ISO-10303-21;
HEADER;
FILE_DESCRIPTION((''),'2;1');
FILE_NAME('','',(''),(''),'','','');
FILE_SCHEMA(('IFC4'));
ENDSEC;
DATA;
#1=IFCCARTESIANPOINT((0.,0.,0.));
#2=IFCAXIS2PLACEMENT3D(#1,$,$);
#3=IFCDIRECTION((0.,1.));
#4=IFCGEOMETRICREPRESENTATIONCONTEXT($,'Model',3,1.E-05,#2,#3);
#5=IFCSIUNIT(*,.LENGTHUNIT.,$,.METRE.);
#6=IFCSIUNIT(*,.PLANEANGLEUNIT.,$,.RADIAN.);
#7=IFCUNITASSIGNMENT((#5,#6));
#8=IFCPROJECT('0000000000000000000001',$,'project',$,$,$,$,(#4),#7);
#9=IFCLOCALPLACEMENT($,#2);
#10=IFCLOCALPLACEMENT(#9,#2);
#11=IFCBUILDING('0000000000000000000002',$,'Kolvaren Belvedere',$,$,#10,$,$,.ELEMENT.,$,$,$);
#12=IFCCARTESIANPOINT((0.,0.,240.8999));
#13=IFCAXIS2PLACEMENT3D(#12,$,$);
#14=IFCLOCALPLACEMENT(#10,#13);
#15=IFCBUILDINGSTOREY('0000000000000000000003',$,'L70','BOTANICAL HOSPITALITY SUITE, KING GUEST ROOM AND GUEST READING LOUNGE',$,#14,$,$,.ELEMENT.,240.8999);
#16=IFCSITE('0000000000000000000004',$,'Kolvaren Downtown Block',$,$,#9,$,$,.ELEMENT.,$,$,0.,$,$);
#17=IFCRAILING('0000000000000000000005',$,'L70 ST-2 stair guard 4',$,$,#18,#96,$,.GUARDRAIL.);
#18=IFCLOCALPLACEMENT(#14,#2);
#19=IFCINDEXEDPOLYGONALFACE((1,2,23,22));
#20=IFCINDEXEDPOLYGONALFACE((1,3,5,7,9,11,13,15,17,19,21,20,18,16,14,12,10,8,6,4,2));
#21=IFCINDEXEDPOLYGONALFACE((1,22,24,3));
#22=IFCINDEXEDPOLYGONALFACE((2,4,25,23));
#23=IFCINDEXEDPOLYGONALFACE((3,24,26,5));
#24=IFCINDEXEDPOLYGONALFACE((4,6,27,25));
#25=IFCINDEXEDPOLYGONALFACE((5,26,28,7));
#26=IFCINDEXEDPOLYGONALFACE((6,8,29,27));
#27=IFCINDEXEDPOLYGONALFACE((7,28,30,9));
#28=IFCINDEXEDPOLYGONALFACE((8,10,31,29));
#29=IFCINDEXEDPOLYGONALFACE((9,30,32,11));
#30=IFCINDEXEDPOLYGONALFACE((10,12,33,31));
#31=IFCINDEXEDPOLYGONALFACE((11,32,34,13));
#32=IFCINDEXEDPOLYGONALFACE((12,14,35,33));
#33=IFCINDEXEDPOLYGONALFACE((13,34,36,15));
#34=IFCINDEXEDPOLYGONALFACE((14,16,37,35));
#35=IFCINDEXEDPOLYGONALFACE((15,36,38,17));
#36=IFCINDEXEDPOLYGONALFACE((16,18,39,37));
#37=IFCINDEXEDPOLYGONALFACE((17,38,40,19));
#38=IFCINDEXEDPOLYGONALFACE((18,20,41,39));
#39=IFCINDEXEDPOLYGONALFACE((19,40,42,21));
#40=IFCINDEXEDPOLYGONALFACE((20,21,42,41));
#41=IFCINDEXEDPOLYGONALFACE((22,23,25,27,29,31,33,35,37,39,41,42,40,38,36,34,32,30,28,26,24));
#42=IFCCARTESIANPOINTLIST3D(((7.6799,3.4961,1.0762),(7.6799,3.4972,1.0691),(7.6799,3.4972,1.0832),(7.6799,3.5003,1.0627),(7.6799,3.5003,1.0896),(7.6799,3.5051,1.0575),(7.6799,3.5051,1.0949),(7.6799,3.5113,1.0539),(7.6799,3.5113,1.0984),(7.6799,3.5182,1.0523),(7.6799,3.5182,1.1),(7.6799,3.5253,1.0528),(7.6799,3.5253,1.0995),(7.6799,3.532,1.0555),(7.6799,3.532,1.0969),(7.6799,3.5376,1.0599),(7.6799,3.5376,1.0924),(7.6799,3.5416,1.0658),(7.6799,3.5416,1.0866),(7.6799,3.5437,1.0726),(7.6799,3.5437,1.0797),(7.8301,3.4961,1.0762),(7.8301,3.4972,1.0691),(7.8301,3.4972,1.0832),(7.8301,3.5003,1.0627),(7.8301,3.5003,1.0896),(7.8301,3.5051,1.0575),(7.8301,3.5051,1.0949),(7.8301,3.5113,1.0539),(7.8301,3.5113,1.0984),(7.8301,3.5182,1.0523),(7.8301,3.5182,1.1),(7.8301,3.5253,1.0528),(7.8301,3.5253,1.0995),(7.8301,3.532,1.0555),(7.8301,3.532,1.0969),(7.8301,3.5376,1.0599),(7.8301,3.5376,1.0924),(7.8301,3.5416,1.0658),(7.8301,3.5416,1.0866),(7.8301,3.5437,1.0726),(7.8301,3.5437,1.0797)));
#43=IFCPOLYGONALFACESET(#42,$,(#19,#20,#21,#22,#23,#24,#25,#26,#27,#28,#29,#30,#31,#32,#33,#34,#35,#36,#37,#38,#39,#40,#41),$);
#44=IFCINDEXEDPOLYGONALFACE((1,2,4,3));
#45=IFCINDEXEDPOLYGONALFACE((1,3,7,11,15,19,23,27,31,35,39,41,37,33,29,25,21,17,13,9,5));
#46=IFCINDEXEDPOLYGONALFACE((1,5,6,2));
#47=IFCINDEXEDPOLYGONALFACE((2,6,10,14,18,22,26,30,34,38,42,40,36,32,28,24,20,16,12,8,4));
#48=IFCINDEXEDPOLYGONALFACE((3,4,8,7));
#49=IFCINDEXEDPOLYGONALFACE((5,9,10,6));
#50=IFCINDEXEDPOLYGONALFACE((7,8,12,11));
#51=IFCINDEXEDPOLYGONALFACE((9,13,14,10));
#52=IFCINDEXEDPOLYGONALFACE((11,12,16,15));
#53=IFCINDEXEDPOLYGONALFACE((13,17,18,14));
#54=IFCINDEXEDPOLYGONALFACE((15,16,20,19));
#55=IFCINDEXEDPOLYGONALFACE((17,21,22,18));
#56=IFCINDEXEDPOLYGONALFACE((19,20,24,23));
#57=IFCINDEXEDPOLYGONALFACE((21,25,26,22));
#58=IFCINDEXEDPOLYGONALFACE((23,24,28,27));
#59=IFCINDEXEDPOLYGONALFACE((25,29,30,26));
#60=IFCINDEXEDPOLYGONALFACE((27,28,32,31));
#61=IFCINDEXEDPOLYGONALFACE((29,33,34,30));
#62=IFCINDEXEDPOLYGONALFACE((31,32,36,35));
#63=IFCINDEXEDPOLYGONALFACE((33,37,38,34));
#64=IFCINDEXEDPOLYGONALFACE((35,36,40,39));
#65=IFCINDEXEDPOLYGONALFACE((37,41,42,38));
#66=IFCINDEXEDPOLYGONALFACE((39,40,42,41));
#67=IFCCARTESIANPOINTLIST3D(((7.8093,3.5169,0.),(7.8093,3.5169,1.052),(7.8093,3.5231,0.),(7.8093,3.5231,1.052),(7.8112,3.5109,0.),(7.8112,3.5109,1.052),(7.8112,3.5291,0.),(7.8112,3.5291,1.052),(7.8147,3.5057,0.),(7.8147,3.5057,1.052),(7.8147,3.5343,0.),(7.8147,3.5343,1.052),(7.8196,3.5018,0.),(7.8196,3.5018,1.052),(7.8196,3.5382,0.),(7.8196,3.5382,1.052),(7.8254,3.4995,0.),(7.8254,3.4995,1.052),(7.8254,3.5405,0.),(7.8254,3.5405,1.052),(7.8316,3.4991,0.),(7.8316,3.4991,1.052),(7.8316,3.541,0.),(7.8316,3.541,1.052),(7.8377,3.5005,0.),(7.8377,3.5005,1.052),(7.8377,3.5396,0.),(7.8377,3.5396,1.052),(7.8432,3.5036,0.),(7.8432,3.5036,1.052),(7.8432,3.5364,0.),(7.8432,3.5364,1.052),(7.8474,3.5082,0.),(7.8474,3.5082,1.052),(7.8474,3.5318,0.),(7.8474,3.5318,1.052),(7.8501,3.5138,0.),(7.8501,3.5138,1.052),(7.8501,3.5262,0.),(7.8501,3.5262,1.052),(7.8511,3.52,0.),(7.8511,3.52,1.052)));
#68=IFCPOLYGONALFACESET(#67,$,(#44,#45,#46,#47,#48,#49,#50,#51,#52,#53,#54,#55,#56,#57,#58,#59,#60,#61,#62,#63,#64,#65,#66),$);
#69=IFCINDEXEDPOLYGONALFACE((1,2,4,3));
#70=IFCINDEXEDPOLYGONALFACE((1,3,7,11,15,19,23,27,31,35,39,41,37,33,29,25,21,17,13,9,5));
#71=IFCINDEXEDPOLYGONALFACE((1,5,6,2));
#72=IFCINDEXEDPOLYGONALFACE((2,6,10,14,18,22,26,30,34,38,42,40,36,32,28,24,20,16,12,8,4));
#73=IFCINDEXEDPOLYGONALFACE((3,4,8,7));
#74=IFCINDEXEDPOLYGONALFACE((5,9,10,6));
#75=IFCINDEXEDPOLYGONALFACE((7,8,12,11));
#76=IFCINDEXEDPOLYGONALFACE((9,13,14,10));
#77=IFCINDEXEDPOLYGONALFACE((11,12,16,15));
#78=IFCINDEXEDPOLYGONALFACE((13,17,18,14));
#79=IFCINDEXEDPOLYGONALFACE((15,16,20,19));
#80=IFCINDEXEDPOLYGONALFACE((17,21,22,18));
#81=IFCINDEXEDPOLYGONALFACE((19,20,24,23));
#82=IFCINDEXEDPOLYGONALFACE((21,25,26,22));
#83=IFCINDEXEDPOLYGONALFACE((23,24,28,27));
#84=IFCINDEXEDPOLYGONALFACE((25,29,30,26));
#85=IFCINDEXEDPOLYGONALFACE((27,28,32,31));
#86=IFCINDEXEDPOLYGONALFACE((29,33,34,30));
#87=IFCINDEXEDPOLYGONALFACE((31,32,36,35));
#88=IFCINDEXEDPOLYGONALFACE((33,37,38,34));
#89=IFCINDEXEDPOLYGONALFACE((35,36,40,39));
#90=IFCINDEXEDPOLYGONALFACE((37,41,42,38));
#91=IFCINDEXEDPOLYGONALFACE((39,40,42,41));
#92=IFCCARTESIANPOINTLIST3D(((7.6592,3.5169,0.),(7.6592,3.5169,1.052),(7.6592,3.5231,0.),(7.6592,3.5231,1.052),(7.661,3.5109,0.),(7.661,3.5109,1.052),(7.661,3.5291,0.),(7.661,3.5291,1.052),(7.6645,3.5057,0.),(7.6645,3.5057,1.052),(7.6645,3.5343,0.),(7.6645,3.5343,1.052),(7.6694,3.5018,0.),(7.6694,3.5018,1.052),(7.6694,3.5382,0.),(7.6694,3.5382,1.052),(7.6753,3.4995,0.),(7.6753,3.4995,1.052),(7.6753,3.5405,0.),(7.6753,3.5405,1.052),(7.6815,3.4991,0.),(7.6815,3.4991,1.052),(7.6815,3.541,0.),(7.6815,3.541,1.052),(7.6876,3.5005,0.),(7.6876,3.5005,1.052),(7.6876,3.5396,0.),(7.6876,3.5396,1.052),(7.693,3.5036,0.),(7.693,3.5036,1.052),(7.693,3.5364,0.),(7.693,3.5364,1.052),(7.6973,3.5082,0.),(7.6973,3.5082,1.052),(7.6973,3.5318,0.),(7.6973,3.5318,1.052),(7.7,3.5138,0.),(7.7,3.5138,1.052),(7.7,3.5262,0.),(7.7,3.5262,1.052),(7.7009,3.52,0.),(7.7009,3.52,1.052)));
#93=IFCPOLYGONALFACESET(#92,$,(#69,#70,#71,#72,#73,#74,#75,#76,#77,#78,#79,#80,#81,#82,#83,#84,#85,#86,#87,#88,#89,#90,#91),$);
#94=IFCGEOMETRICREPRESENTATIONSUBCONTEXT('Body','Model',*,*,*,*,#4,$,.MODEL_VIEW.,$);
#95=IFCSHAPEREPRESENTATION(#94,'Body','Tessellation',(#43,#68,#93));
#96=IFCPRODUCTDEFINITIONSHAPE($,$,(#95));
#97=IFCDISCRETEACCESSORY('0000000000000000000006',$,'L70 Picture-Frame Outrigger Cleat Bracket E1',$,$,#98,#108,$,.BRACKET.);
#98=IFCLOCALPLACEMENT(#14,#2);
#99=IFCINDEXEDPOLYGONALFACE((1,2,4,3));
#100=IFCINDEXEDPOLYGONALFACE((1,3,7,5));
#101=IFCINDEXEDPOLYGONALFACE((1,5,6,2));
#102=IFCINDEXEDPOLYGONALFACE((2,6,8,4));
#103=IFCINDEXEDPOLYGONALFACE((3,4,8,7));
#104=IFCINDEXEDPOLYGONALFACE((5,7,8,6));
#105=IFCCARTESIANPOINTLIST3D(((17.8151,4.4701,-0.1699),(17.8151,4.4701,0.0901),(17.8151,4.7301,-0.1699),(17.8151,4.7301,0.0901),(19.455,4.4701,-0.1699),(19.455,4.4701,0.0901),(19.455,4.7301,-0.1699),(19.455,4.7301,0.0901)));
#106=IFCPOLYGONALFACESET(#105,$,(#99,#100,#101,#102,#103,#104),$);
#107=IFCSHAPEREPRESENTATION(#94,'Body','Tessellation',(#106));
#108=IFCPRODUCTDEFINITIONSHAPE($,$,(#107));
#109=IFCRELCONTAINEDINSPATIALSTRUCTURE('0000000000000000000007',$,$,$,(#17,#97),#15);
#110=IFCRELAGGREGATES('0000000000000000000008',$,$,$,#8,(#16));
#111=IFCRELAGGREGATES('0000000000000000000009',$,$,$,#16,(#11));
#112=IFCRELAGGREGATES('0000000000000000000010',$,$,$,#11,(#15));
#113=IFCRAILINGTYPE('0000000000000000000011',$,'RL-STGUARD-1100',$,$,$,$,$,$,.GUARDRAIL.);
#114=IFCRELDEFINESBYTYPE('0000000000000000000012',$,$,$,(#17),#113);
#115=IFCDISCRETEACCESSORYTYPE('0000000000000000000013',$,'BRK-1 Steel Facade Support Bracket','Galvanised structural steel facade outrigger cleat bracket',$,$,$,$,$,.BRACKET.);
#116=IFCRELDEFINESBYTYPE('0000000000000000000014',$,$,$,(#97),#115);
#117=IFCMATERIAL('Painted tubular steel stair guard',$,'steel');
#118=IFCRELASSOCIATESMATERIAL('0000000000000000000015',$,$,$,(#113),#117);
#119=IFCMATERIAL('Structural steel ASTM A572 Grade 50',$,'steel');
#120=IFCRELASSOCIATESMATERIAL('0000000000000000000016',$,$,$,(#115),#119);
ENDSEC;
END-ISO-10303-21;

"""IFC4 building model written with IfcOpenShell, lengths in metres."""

from ifc_helpers import new_model, si_unit, direction, frame, origin, origin_2d, place, context, subcontext, project, spatial, rectangle, circle, extrude, material, type_object, element, save


model = new_model("IFC4")

# Units and contexts
model_context = context("Model", 3, precision=1e-05, world=origin(), true_north=direction((0.0, 1.0)))
body_context = subcontext(model_context, "Body", "Model", "MODEL_VIEW")
ifc_project = project(units=[si_unit("LENGTHUNIT", "METRE"), si_unit("PLANEANGLEUNIT", "RADIAN")], contexts=[model_context])

# Site, building, storey
site_placement = place(None, origin())
site = spatial("IfcSite", under=ifc_project, at=site_placement, Name="Kolvaren Downtown Block", CompositionType="ELEMENT", RefElevation=0.0)
building_placement = place(site_placement, origin())
building = spatial("IfcBuilding", under=site, at=building_placement, Name="Kolvaren Belvedere", CompositionType="ELEMENT")
storey_placement = place(building_placement, frame((0.0, 0.0, 240.8999)))
storey = spatial("IfcBuildingStorey", under=building, at=storey_placement, Name="L70", Description="BOTANICAL HOSPITALITY SUITE, KING GUEST ROOM AND GUEST READING LOUNGE", CompositionType="ELEMENT", Elevation=240.8999)

# Railing
ifc_material_1 = material(Name="Painted tubular steel stair guard", Category="steel")
railing_type_1 = type_object("IfcRailingType", Name="RL-STGUARD-1100", PredefinedType="GUARDRAIL", material=ifc_material_1)
railing_1_placement = place(storey_placement, frame((7.8301, 3.52, 0.0)))
element("IfcRailing", 1, at=railing_1_placement, inside=storey, type_object=railing_type_1, Name="L70 ST-2 stair guard 4", PredefinedType="GUARDRAIL", context=body_context, shape_type="SweptSolid", body=[
    extrude(circle(Radius=0.0239, at=origin_2d()), frame((0.0, 0.0, 1.0762), z_axis=(-1.0, 0.0, 0.0), x_axis=(0.0, -1.0, 0.0)), (0.0, 0.0, 1.0), 0.1501),
    extrude(circle(Radius=0.021, at=origin_2d()), origin(), (0.0, 0.0, 1.0), 1.052),
    extrude(circle(Radius=0.021, at=origin_2d()), frame((-0.1501, 0.0, 0.0)), (0.0, 0.0, 1.0), 1.052),
])

# Discrete accessory
ifc_material_2 = material(Name="Structural steel ASTM A572 Grade 50", Category="steel")
discrete_accessory_type = type_object("IfcDiscreteAccessoryType", Name="BRK-1 Steel Facade Support Bracket", Description="Galvanised structural steel facade outrigger cleat bracket", PredefinedType="BRACKET", material=ifc_material_2)
discrete_accessory_placement = place(storey_placement, frame((18.635, 4.6001, -0.1699), z_axis=(0.0, 0.0, 1.0), x_axis=(1.0, 0.0, 0.0)))
element("IfcDiscreteAccessory", 2, at=discrete_accessory_placement, inside=storey, type_object=discrete_accessory_type, Name="L70 Picture-Frame Outrigger Cleat Bracket E1", PredefinedType="BRACKET", context=body_context, shape_type="SweptSolid", body=[
    extrude(rectangle(XDim=1.6399, YDim=0.26, at=origin_2d()), origin(), (0.0, 0.0, 1.0), 0.26),
])

save(model, "model.ifc")
